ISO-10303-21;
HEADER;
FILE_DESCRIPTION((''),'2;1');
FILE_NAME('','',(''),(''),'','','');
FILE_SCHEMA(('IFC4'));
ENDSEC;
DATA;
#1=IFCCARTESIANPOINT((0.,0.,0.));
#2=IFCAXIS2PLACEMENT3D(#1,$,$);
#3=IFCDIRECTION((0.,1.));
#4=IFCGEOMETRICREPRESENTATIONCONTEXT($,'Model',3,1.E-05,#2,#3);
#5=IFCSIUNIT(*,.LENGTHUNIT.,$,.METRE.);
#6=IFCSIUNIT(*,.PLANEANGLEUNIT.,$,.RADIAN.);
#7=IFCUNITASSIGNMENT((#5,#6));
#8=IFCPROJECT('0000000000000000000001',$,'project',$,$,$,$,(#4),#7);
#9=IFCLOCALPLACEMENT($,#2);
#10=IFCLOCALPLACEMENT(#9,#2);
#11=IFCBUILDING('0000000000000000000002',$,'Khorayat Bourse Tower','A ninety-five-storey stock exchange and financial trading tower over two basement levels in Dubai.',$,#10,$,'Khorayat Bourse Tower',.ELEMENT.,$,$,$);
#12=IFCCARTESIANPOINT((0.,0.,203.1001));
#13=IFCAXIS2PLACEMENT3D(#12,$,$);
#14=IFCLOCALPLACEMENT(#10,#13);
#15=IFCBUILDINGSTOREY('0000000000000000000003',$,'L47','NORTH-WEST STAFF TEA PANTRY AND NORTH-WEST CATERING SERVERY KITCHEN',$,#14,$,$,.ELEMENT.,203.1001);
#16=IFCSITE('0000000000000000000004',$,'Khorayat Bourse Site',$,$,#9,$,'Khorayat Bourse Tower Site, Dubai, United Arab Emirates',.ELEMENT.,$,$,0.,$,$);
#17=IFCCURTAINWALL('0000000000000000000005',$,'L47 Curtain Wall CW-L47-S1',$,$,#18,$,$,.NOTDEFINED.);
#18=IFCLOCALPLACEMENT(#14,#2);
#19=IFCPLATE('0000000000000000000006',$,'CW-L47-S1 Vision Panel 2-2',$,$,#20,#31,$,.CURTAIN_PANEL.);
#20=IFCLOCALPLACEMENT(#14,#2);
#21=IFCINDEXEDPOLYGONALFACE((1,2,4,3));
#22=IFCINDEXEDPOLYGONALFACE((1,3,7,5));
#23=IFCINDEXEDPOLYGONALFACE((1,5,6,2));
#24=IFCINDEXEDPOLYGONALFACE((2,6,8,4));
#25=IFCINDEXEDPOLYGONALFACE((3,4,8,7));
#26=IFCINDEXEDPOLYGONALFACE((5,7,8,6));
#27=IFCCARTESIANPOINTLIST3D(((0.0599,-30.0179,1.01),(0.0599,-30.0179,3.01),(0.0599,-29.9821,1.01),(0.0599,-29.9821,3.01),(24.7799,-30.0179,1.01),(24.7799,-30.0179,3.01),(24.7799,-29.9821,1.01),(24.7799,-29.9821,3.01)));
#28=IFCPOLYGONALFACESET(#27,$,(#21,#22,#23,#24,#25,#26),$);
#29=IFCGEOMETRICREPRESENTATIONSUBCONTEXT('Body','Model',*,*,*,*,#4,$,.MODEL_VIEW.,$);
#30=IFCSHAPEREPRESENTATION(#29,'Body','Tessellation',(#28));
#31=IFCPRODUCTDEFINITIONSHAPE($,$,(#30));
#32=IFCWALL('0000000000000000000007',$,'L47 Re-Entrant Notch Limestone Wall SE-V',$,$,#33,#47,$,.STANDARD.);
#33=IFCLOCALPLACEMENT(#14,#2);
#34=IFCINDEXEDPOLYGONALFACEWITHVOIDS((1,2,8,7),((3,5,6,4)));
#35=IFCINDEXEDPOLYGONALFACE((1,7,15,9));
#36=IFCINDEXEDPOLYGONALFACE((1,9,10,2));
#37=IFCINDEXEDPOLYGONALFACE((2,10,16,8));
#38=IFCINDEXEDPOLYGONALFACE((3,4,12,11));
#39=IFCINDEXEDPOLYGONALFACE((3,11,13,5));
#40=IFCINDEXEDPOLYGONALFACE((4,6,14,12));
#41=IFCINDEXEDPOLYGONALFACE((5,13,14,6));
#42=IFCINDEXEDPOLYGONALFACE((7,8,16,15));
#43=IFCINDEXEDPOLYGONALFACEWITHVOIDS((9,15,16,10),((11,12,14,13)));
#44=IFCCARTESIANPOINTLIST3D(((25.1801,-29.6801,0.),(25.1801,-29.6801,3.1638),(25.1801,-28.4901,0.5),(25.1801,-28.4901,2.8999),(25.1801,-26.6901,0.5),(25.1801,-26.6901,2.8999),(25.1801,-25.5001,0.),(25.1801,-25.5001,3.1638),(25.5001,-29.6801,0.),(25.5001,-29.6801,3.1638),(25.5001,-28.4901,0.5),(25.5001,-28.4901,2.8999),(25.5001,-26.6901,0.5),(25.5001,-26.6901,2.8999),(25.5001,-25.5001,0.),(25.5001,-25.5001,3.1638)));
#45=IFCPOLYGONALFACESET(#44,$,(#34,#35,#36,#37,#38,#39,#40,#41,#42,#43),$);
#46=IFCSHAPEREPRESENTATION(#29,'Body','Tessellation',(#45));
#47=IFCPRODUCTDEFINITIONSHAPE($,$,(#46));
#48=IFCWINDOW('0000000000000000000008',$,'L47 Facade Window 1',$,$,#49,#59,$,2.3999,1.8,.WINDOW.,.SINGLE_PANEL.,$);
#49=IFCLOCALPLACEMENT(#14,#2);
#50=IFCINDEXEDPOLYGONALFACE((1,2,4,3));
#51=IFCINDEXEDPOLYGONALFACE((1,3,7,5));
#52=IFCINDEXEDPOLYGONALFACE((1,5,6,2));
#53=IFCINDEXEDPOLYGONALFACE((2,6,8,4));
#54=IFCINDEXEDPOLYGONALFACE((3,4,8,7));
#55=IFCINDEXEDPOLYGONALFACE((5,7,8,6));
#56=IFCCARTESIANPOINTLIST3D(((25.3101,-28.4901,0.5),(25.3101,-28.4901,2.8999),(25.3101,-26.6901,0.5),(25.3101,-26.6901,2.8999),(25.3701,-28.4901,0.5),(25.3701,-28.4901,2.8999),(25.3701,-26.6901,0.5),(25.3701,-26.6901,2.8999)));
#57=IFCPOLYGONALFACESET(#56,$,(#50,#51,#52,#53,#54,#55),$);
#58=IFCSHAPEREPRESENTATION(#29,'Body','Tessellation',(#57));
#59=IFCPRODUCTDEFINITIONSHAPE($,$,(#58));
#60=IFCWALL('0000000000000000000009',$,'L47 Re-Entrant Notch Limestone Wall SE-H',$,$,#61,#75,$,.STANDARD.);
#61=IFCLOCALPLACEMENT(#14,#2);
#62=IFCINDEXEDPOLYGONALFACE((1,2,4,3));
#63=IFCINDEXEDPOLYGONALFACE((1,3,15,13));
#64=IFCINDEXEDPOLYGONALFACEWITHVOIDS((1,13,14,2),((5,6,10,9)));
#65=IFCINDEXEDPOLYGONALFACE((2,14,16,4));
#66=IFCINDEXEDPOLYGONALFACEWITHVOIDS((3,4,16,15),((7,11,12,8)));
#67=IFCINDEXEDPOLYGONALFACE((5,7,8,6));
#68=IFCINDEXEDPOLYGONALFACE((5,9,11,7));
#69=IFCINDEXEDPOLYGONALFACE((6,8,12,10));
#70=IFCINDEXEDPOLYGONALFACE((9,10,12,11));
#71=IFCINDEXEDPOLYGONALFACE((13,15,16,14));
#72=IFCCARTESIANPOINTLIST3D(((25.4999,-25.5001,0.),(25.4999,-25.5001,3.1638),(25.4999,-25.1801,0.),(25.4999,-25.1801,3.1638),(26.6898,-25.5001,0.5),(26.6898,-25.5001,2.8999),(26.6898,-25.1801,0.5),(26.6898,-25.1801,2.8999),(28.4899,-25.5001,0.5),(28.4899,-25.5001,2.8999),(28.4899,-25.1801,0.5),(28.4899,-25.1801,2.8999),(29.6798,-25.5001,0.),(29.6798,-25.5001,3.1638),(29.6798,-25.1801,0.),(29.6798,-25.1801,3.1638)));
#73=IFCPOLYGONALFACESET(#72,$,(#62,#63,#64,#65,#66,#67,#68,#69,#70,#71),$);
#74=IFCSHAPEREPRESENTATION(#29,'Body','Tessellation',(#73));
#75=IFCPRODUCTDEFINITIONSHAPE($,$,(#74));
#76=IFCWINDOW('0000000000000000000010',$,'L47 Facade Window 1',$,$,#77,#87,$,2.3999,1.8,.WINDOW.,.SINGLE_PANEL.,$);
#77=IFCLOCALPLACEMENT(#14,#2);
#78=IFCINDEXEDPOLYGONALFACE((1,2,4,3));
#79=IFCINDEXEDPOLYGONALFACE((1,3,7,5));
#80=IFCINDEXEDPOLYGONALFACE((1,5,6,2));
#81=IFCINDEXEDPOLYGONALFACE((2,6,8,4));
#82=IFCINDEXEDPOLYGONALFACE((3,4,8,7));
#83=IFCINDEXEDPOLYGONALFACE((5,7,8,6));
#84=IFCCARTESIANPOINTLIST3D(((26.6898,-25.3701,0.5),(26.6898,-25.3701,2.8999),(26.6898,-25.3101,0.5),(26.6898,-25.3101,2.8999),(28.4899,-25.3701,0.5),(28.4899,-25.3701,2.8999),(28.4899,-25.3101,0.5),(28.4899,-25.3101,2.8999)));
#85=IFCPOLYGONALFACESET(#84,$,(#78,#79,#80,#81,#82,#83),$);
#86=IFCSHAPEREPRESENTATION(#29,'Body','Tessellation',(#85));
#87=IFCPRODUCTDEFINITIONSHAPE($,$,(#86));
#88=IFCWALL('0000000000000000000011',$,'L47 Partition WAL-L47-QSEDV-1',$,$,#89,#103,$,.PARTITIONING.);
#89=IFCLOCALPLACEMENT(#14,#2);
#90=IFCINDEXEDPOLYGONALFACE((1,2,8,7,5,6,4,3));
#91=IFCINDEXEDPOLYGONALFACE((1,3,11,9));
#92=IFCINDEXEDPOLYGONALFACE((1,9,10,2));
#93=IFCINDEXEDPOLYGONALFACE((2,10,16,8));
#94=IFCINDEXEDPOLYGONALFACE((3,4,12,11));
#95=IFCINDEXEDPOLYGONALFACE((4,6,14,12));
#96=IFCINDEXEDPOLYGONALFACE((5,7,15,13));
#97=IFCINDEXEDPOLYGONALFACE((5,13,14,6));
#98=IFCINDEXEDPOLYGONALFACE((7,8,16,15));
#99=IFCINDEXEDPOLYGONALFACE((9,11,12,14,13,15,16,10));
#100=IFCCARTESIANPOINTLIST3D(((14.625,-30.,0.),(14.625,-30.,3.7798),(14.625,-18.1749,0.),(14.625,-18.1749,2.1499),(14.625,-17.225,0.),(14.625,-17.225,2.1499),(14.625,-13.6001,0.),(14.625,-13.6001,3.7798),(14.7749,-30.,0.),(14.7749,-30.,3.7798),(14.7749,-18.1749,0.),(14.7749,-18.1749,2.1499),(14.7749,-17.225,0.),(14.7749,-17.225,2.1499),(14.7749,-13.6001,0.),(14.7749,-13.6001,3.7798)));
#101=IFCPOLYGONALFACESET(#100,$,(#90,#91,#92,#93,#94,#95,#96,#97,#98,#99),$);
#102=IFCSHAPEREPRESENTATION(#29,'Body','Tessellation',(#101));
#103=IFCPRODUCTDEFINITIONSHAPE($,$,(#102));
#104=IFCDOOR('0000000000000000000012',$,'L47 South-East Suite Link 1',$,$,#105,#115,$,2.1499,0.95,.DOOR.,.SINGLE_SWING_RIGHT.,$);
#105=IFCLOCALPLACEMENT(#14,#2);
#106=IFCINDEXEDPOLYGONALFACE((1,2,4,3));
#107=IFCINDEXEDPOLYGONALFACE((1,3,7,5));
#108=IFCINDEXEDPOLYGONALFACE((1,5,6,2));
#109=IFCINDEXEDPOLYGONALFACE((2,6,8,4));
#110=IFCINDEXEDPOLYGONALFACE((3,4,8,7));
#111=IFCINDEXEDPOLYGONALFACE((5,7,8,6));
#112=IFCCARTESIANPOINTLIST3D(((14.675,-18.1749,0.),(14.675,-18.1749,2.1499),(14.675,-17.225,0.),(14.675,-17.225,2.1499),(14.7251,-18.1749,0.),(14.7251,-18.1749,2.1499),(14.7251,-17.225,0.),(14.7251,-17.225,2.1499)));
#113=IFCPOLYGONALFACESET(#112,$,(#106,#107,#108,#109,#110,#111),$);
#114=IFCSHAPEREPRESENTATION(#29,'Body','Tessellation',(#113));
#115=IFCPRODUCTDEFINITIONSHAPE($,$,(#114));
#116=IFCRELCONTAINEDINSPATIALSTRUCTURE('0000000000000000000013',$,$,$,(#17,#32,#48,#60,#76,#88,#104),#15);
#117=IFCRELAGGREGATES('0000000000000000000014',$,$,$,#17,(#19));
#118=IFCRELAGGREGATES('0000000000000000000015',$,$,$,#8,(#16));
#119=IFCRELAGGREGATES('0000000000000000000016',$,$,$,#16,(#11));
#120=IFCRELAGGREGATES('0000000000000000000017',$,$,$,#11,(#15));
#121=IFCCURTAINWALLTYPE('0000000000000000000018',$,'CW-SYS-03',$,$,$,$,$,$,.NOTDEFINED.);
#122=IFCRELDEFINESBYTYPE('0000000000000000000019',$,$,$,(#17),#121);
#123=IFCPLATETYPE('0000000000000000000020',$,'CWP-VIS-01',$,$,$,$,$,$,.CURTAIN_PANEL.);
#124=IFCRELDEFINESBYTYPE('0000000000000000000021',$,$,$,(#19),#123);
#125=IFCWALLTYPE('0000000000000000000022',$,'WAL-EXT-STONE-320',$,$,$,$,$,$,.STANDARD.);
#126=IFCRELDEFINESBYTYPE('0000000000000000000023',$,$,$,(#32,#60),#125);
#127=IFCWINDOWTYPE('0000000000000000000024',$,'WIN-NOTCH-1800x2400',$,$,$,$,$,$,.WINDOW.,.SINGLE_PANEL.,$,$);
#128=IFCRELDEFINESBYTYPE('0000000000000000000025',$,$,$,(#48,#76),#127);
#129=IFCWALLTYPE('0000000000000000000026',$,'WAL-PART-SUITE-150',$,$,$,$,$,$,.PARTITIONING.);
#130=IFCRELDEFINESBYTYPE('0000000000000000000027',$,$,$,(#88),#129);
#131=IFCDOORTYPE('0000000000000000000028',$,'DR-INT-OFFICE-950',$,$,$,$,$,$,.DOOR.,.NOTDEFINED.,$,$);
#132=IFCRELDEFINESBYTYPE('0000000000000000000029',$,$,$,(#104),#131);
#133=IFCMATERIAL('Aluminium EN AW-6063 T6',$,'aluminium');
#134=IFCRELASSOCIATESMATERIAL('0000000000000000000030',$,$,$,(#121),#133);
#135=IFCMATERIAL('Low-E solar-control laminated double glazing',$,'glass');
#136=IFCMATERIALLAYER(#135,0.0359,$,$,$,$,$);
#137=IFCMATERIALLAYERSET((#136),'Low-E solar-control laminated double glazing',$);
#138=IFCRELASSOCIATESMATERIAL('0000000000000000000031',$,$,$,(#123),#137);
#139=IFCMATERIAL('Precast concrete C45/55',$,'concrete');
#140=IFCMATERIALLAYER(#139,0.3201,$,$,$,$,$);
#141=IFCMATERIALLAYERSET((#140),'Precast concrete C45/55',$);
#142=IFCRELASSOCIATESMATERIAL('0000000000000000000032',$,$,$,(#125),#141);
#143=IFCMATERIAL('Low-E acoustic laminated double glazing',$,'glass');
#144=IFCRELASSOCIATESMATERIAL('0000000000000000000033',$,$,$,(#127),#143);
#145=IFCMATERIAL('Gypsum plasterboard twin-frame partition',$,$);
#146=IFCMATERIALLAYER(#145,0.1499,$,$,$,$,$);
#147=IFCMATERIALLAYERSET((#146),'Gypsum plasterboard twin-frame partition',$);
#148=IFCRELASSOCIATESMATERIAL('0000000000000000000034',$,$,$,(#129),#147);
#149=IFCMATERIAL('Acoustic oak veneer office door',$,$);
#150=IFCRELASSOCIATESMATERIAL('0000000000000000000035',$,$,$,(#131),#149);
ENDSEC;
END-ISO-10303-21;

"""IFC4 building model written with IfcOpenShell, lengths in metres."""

from ifc_helpers import new_model, si_unit, direction, frame, frame_2d, origin, origin_2d, place, context, subcontext, project, spatial, rectangle, extrude, source, transform, mapped, material, layer, layer_set, type_object, element, fill, aggregate, save


model = new_model("IFC4")

# Units and contexts
model_context = context("Model", 3, precision=1e-05, world=origin(), true_north=direction((0.0, 1.0)))
body_context = subcontext(model_context, "Body", "Model", "MODEL_VIEW")
ifc_project = project(units=[si_unit("LENGTHUNIT", "METRE"), si_unit("PLANEANGLEUNIT", "RADIAN")], contexts=[model_context])

# Site, building, storey
site_placement = place(None, origin())
site = spatial("IfcSite", under=ifc_project, at=site_placement, Name="Khorayat Bourse Site", LongName="Khorayat Bourse Tower Site, Dubai, United Arab Emirates", CompositionType="ELEMENT", RefElevation=0.0)
building_placement = place(site_placement, origin())
building = spatial("IfcBuilding", under=site, at=building_placement, Name="Khorayat Bourse Tower", Description="A ninety-five-storey stock exchange and financial trading tower over two basement levels in Dubai.", LongName="Khorayat Bourse Tower", CompositionType="ELEMENT")
storey_placement = place(building_placement, frame((0.0, 0.0, 203.1001)))
storey = spatial("IfcBuildingStorey", under=building, at=storey_placement, Name="L47", Description="NORTH-WEST STAFF TEA PANTRY AND NORTH-WEST CATERING SERVERY KITCHEN", CompositionType="ELEMENT", Elevation=203.1001)

# Curtain wall
ifc_material_1 = material(Name="Aluminium EN AW-6063 T6", Category="aluminium")
curtain_wall_type = type_object("IfcCurtainWallType", Name="CW-SYS-03", PredefinedType="NOTDEFINED", material=ifc_material_1)
curtain_wall_1_placement = place(storey_placement, origin())
curtain_wall_1 = element("IfcCurtainWall", 1, at=curtain_wall_1_placement, inside=storey, type_object=curtain_wall_type, Name="L47 Curtain Wall CW-L47-S1", PredefinedType="NOTDEFINED")

# Plate
ifc_material_2 = material(Name="Low-E solar-control laminated double glazing", Category="glass")
ifc_layer_1 = layer(ifc_material_2, 0.0359)
ifc_layer_set_1 = layer_set([ifc_layer_1], Name="Low-E solar-control laminated double glazing")
plate_type_1 = type_object("IfcPlateType", Name="CWP-VIS-01", PredefinedType="CURTAIN_PANEL", material=ifc_layer_set_1)
shared_shape_1 = source(origin(), body_context, "Body", "SweptSolid", [
    extrude(rectangle(XDim=24.72, YDim=0.0359, at=origin_2d()), origin(), (0.0, 0.0, 1.0), 2.0),
])
plate_1_placement = place(storey_placement, frame((12.4199, -30.0, 1.01), z_axis=(0.0, 0.0, 1.0), x_axis=(1.0, 0.0, 0.0)))
plate_1 = element("IfcPlate", 2, at=plate_1_placement, type_object=plate_type_1, Name="CW-L47-S1 Vision Panel 2-2", PredefinedType="CURTAIN_PANEL", context=body_context, shape_type="MappedRepresentation", body=[
    mapped(shared_shape_1, transform((0.0, 0.0, 0.0), scale=1.0)),
])
aggregate(curtain_wall_1, [plate_1])

# Walls, openings, windows
ifc_material_3 = material(Name="Precast concrete C45/55", Category="concrete")
ifc_layer_2 = layer(ifc_material_3, 0.3201)
ifc_layer_set_2 = layer_set([ifc_layer_2], Name="Precast concrete C45/55")
wall_type_1 = type_object("IfcWallType", Name="WAL-EXT-STONE-320", PredefinedType="STANDARD", material=ifc_layer_set_2)
shared_shape_2 = source(origin(), body_context, "Body", "SweptSolid", [
    extrude(rectangle(XDim=4.1799, YDim=0.3201, at=frame_2d((2.0898, 0.0))), origin(), (0.0, 0.0, 1.0), 3.1638),
])
wall_1_placement = place(storey_placement, frame((25.3401, -29.6799, 0.0), z_axis=(0.0, 0.0, 1.0), x_axis=(0.0, 1.0, 0.0)))
wall_1 = element("IfcWall", 3, at=wall_1_placement, inside=storey, type_object=wall_type_1, Name="L47 Re-Entrant Notch Limestone Wall SE-V", PredefinedType="STANDARD", context=body_context, shape_type="MappedRepresentation", body=[
    mapped(shared_shape_2, transform((0.0, 0.0, 0.0), scale=1.0)),
])
shared_shape_3 = source(origin(), body_context, "Body", "SweptSolid", [
    extrude(rectangle(XDim=1.8, YDim=2.3999, at=frame_2d((0.8999, 1.2))), frame((0.0, 0.1699, 0.0), z_axis=(0.0, -1.0, 0.0), x_axis=(1.0, 0.0, 0.0)), (0.0, 0.0, 1.0), 0.3401),
])
opening_1_placement = place(wall_1_placement, frame((1.1899, 0.0, 0.5)))
opening_1 = element("IfcOpeningElement", 4, at=opening_1_placement, cuts=wall_1, PredefinedType="OPENING", context=body_context, shape_type="MappedRepresentation", body=[
    mapped(shared_shape_3, transform((0.0, 0.0, 0.0), scale=1.0)),
])
ifc_material_4 = material(Name="Low-E acoustic laminated double glazing", Category="glass")
window_type = type_object("IfcWindowType", Name="WIN-NOTCH-1800x2400", PartitioningType="SINGLE_PANEL", PredefinedType="WINDOW", material=ifc_material_4)
shared_shape_4 = source(origin(), body_context, "Body", "SweptSolid", [
    extrude(rectangle(XDim=1.8, YDim=2.3999, at=frame_2d((0.8999, 1.2))), frame((0.0, 0.03, 0.0), z_axis=(0.0, -1.0, 0.0), x_axis=(1.0, 0.0, 0.0)), (0.0, 0.0, 1.0), 0.0601),
])
window_1_placement = place(opening_1_placement, origin())
window_1 = element("IfcWindow", 5, at=window_1_placement, inside=storey, type_object=window_type, Name="L47 Facade Window 1", OverallHeight=2.3999, OverallWidth=1.8, PartitioningType="SINGLE_PANEL", PredefinedType="WINDOW", context=body_context, shape_type="MappedRepresentation", body=[
    mapped(shared_shape_4, transform((0.0, 0.0, 0.0), scale=1.0)),
])
fill(opening_1, window_1)
wall_2_placement = place(storey_placement, frame((25.5, -25.3401, 0.0), z_axis=(0.0, 0.0, 1.0), x_axis=(1.0, 0.0, 0.0)))
wall_2 = element("IfcWall", 6, at=wall_2_placement, inside=storey, type_object=wall_type_1, Name="L47 Re-Entrant Notch Limestone Wall SE-H", PredefinedType="STANDARD", context=body_context, shape_type="MappedRepresentation", body=[
    mapped(shared_shape_2, transform((0.0, 0.0, 0.0), scale=1.0)),
])
opening_2_placement = place(wall_2_placement, frame((1.1899, 0.0, 0.5)))
opening_2 = element("IfcOpeningElement", 7, at=opening_2_placement, cuts=wall_2, PredefinedType="OPENING", context=body_context, shape_type="MappedRepresentation", body=[
    mapped(shared_shape_3, transform((0.0, 0.0, 0.0), scale=1.0)),
])
window_2_placement = place(opening_2_placement, origin())
window_2 = element("IfcWindow", 8, at=window_2_placement, inside=storey, type_object=window_type, Name="L47 Facade Window 1", OverallHeight=2.3999, OverallWidth=1.8, PartitioningType="SINGLE_PANEL", PredefinedType="WINDOW", context=body_context, shape_type="MappedRepresentation", body=[
    mapped(shared_shape_4, transform((0.0, 0.0, 0.0), scale=1.0)),
])
fill(opening_2, window_2)

# Wall, opening, door
ifc_material_5 = material(Name="Gypsum plasterboard twin-frame partition")
ifc_layer_3 = layer(ifc_material_5, 0.1499)
ifc_layer_set_3 = layer_set([ifc_layer_3], Name="Gypsum plasterboard twin-frame partition")
wall_type_2 = type_object("IfcWallType", Name="WAL-PART-SUITE-150", PredefinedType="PARTITIONING", material=ifc_layer_set_3)
shared_shape_5 = source(origin(), body_context, "Body", "SweptSolid", [
    extrude(rectangle(XDim=16.3999, YDim=0.1499, at=frame_2d((8.2, 0.0))), origin(), (0.0, 0.0, 1.0), 3.7798),
])
wall_3_placement = place(storey_placement, frame((14.7, -30.0, 0.0), z_axis=(0.0, 0.0, 1.0), x_axis=(0.0, 1.0, 0.0)))
wall_3 = element("IfcWall", 9, at=wall_3_placement, inside=storey, type_object=wall_type_2, Name="L47 Partition WAL-L47-QSEDV-1", PredefinedType="PARTITIONING", context=body_context, shape_type="MappedRepresentation", body=[
    mapped(shared_shape_5, transform((0.0, 0.0, 0.0), scale=1.0)),
])
shared_shape_6 = source(origin(), body_context, "Body", "SweptSolid", [
    extrude(rectangle(XDim=0.95, YDim=2.1499, at=frame_2d((0.4751, 1.075))), frame((0.0, 0.085, 0.0), z_axis=(0.0, -1.0, 0.0), x_axis=(1.0, 0.0, 0.0)), (0.0, 0.0, 1.0), 0.1699),
])
opening_3_placement = place(wall_3_placement, frame((11.825, 0.0, 0.0)))
opening_3 = element("IfcOpeningElement", 10, at=opening_3_placement, cuts=wall_3, PredefinedType="OPENING", context=body_context, shape_type="MappedRepresentation", body=[
    mapped(shared_shape_6, transform((0.0, 0.0, 0.0), scale=1.0)),
])
ifc_material_6 = material(Name="Acoustic oak veneer office door")
door_type = type_object("IfcDoorType", Name="DR-INT-OFFICE-950", OperationType="NOTDEFINED", PredefinedType="DOOR", material=ifc_material_6)
shared_shape_7 = source(origin(), body_context, "Body", "SweptSolid", [
    extrude(rectangle(XDim=0.95, YDim=2.1499, at=frame_2d((0.4751, 1.075))), frame((0.0, 0.0249, 0.0), z_axis=(0.0, -1.0, 0.0), x_axis=(1.0, 0.0, 0.0)), (0.0, 0.0, 1.0), 0.05),
])
door_placement = place(opening_3_placement, origin())
door = element("IfcDoor", 11, at=door_placement, inside=storey, type_object=door_type, Name="L47 South-East Suite Link 1", OperationType="SINGLE_SWING_RIGHT", OverallHeight=2.1499, OverallWidth=0.95, PredefinedType="DOOR", context=body_context, shape_type="MappedRepresentation", body=[
    mapped(shared_shape_7, transform((0.0, 0.0, 0.0), scale=1.0)),
])
fill(opening_3, door)

save(model, "model.ifc")
